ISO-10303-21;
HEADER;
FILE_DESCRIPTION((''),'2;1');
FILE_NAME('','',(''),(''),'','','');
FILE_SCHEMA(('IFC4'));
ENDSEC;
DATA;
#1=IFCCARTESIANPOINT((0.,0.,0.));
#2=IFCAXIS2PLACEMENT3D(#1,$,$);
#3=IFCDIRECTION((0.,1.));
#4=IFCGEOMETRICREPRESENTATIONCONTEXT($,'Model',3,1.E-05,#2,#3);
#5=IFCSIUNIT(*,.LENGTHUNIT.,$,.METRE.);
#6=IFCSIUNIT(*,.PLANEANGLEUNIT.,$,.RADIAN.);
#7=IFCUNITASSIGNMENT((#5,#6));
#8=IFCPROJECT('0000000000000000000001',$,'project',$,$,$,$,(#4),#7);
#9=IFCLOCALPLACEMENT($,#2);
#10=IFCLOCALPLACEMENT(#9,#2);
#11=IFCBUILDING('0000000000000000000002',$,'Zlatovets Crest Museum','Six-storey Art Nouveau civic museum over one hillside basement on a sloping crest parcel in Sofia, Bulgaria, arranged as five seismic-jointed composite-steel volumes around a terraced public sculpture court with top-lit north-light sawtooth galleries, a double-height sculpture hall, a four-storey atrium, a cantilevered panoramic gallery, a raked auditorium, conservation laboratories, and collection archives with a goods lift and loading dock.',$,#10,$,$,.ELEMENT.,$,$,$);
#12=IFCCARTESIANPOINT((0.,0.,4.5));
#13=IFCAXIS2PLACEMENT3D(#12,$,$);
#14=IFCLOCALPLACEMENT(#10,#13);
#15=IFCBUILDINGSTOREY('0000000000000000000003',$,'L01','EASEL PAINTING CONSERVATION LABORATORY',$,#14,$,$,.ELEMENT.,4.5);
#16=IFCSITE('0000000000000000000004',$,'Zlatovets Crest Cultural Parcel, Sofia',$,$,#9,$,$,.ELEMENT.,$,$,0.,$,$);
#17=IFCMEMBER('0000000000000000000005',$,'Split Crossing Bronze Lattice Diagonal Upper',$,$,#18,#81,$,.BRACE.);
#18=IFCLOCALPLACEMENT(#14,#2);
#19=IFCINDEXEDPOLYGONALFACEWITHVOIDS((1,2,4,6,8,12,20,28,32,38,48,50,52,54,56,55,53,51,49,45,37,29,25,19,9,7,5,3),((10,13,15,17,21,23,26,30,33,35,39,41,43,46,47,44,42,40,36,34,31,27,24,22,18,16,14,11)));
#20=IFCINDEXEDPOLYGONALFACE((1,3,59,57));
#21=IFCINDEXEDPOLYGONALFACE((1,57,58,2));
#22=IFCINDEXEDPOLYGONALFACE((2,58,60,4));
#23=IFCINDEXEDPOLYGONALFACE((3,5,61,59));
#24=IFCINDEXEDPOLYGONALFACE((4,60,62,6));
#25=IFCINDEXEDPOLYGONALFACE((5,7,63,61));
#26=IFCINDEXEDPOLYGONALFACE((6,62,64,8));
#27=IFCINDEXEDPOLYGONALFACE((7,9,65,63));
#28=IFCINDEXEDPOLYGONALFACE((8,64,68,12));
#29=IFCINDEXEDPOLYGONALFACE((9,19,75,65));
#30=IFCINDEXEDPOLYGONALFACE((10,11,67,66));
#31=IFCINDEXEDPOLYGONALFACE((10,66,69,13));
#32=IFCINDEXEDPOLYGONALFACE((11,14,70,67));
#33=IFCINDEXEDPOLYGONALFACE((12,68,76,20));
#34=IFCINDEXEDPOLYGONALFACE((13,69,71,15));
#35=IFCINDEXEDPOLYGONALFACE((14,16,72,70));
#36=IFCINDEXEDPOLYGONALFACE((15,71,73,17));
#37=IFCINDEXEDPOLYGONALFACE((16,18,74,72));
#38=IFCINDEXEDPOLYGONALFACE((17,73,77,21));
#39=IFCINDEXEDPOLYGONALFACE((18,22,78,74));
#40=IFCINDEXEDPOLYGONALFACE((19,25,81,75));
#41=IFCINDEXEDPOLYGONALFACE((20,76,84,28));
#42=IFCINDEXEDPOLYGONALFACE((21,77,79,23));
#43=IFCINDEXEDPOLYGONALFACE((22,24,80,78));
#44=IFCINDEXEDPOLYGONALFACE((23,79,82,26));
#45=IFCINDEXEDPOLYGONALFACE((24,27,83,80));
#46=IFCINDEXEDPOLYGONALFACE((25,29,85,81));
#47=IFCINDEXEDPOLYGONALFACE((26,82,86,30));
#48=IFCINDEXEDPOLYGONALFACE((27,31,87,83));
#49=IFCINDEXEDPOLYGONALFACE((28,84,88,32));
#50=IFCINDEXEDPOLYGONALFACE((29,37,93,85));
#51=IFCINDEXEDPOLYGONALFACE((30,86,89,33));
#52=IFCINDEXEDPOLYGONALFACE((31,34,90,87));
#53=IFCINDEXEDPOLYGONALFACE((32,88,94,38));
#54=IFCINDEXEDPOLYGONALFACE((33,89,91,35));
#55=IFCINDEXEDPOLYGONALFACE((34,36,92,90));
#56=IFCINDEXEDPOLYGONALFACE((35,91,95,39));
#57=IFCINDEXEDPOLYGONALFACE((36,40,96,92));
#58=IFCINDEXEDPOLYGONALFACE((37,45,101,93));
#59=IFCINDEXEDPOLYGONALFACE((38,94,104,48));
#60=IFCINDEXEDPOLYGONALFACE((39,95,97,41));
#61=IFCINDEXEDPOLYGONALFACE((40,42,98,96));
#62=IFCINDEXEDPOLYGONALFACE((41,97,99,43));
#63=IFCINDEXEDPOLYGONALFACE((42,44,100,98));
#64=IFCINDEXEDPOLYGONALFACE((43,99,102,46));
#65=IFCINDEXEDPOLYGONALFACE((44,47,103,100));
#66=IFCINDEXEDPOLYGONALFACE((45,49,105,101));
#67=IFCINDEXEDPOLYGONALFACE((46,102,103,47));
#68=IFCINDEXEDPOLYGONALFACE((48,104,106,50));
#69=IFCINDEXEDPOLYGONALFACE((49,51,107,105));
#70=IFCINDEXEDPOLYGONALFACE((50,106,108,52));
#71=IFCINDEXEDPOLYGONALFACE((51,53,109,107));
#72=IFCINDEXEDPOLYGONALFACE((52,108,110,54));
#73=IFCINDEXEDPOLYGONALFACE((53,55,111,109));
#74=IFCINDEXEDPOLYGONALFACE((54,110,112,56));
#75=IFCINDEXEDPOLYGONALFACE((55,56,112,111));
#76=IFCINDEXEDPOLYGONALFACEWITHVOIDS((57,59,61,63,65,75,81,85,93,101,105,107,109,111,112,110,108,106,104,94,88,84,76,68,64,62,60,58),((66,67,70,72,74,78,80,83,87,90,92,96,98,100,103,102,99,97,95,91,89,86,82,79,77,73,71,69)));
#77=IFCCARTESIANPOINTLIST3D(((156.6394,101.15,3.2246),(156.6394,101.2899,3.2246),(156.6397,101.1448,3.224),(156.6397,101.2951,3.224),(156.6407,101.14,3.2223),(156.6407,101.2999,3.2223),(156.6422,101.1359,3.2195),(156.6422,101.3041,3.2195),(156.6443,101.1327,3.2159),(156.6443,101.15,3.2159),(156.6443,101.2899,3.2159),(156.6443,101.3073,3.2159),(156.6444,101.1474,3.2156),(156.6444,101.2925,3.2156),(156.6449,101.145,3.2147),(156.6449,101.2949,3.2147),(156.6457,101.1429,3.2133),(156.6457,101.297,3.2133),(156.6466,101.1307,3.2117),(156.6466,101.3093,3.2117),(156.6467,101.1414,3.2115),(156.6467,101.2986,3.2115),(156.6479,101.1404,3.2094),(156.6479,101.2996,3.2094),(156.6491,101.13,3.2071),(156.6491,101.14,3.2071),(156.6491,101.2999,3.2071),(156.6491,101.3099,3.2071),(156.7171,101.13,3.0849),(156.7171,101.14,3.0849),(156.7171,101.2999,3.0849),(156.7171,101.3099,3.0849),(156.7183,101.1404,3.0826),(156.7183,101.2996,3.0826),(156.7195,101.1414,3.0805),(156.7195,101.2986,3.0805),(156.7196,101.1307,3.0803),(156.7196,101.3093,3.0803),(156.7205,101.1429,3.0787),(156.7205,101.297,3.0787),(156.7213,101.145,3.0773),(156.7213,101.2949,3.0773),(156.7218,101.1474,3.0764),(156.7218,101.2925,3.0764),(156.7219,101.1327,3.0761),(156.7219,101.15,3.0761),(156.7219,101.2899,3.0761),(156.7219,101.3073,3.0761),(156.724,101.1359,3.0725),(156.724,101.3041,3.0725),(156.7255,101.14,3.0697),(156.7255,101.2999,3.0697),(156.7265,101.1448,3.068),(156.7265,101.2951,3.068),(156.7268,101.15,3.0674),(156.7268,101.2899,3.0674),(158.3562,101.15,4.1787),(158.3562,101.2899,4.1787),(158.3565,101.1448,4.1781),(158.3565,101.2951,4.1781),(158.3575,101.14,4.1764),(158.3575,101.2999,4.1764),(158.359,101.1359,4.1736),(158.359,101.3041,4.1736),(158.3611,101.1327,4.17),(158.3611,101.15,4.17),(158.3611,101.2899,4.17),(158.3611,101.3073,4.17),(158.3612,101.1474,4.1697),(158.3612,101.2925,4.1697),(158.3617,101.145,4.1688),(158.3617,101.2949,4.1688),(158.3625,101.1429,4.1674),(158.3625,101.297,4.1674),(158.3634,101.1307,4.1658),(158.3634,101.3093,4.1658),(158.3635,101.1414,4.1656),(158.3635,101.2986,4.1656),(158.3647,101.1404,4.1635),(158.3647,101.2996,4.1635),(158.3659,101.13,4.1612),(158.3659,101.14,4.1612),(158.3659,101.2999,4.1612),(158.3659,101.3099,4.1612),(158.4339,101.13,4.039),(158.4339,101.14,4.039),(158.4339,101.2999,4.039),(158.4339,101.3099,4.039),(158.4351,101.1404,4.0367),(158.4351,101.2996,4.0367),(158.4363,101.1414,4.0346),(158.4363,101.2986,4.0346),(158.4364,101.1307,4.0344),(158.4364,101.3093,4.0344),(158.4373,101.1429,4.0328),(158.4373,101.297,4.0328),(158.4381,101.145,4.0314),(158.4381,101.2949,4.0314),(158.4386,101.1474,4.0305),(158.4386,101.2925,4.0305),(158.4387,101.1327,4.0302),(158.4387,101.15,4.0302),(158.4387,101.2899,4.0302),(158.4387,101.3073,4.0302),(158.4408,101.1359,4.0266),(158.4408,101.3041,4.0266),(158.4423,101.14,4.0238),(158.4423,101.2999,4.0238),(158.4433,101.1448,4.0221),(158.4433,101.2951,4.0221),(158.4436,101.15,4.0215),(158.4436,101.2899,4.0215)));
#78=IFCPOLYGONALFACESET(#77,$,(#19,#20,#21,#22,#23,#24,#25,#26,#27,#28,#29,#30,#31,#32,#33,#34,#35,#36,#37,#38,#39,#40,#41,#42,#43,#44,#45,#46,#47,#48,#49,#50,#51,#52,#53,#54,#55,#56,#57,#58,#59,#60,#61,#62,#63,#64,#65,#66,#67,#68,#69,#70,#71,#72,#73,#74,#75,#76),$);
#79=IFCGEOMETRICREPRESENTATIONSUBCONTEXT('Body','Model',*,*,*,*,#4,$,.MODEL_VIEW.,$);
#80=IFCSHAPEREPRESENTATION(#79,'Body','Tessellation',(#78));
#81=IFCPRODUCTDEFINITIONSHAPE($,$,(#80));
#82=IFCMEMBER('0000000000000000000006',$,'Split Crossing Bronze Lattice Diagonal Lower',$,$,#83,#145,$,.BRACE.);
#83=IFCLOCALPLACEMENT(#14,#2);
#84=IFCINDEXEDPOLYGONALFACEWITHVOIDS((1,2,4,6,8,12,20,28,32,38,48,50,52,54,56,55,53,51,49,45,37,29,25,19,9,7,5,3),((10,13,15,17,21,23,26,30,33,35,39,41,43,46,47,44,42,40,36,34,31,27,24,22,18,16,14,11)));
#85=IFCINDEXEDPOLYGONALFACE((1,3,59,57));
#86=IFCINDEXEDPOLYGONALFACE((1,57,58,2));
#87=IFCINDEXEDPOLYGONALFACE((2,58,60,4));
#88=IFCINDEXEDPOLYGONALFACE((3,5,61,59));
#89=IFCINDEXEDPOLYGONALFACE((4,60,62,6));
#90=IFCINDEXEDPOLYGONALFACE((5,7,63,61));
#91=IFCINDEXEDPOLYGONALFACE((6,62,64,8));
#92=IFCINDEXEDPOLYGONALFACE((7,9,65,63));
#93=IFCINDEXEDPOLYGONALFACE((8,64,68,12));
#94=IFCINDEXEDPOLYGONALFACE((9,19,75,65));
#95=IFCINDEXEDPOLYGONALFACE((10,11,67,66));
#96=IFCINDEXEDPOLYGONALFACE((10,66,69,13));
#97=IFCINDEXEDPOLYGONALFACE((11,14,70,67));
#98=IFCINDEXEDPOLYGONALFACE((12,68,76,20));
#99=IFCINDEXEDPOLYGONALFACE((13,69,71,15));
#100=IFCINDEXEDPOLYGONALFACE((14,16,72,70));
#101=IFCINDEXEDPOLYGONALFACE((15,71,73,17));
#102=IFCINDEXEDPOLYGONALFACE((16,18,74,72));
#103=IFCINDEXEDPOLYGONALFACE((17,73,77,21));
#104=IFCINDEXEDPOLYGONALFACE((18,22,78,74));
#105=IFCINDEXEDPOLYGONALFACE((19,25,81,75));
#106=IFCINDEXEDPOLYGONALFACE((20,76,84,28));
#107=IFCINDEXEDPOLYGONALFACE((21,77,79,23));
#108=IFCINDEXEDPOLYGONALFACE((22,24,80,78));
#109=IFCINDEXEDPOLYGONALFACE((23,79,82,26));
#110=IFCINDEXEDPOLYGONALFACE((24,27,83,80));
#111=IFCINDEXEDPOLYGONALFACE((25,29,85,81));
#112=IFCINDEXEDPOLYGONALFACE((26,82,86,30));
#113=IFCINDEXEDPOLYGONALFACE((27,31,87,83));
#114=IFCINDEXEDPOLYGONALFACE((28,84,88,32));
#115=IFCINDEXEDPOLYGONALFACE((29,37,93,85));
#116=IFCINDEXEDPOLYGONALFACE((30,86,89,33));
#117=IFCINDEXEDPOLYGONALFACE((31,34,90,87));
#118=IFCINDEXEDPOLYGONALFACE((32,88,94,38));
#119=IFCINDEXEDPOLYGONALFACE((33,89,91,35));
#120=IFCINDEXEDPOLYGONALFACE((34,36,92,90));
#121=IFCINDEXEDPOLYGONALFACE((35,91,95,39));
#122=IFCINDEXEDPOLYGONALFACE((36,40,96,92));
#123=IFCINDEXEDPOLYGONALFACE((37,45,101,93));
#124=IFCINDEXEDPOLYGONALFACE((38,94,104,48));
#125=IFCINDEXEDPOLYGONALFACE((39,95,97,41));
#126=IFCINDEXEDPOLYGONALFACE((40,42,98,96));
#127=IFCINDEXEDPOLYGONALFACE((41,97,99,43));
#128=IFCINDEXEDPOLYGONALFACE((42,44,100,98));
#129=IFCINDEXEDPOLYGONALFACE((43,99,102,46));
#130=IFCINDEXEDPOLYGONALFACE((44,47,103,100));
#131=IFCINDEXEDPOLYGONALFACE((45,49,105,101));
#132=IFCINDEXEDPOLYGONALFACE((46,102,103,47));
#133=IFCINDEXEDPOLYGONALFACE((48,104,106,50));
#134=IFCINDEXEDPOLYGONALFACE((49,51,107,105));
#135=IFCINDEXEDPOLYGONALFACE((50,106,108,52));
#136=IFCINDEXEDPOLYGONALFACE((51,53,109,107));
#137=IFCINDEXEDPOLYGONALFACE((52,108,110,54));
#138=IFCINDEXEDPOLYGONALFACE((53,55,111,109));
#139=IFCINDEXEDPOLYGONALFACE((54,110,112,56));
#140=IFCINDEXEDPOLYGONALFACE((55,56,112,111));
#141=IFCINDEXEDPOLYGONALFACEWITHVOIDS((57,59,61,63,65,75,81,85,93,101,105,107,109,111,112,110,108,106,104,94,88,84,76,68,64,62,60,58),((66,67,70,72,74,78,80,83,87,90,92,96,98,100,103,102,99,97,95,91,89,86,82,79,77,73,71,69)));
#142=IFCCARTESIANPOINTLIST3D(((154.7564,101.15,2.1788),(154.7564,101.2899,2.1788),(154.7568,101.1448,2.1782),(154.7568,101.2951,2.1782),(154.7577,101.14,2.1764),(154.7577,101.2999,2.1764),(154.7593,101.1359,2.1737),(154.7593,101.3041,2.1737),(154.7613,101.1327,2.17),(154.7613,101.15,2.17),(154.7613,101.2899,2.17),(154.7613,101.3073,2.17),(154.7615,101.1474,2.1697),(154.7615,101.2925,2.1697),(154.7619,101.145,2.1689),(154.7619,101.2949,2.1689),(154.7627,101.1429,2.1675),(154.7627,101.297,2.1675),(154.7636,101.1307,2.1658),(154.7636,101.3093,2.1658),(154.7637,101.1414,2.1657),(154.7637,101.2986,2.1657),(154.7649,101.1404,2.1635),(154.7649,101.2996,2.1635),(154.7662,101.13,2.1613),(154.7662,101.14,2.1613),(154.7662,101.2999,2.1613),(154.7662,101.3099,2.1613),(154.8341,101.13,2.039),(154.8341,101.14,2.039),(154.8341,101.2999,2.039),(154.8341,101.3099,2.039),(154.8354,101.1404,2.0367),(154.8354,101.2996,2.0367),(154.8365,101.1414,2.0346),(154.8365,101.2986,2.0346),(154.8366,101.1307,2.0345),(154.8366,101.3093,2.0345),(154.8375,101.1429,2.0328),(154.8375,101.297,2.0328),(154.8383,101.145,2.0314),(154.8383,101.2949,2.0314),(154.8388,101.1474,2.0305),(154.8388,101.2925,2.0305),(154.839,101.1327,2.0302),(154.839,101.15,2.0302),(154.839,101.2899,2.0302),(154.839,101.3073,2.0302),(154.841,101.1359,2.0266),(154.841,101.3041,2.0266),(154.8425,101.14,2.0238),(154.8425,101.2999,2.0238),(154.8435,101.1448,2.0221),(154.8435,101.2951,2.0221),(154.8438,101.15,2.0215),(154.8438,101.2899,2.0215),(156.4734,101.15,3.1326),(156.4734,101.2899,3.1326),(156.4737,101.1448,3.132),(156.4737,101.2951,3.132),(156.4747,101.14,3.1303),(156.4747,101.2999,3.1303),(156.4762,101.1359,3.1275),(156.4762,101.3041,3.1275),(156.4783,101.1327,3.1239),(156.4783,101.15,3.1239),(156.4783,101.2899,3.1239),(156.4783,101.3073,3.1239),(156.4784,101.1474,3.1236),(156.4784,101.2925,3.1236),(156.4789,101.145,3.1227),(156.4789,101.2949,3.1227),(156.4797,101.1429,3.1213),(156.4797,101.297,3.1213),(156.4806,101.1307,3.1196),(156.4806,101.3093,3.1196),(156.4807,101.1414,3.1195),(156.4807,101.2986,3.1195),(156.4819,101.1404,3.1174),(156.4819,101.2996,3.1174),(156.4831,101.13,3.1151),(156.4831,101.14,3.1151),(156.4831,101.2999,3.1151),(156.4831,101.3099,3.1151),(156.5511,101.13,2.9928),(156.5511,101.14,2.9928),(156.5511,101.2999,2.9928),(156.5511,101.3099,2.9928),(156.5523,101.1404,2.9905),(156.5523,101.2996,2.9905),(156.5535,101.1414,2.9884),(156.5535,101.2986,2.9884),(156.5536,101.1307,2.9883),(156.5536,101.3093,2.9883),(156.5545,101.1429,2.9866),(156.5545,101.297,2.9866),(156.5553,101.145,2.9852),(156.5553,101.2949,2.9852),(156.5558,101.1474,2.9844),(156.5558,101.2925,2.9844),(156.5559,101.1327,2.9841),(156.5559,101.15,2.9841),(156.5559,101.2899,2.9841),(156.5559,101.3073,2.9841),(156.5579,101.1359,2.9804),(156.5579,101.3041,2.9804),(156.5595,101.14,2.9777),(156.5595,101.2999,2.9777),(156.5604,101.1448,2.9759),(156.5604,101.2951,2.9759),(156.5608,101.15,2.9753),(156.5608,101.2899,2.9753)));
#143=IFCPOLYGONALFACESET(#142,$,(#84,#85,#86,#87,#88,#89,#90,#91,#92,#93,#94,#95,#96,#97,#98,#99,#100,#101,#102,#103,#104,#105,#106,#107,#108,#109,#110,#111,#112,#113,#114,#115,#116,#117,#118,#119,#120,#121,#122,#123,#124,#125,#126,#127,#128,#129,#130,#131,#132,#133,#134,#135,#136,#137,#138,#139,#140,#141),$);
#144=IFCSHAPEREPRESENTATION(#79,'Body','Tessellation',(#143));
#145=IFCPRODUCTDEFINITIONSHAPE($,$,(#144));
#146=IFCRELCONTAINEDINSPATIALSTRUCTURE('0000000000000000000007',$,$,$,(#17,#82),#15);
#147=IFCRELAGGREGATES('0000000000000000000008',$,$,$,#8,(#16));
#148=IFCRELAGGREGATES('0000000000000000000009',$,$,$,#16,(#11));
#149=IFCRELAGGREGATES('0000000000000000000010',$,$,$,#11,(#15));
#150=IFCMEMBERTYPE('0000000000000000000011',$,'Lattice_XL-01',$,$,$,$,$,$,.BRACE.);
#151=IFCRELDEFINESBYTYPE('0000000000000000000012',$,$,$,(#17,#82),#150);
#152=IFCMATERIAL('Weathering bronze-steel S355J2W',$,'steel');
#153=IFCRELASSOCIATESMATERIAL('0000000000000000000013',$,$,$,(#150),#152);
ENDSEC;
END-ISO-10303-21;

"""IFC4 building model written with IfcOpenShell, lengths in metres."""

from ifc_helpers import new_model, si_unit, direction, frame, origin, origin_2d, place, context, subcontext, project, spatial, hollow_rectangle, extrude, material, material_profile, profile_set, type_object, element, save


model = new_model("IFC4")

# Units and contexts
model_context = context("Model", 3, precision=1e-05, world=origin(), true_north=direction((0.0, 1.0)))
body_context = subcontext(model_context, "Body", "Model", "MODEL_VIEW")
ifc_project = project(units=[si_unit("LENGTHUNIT", "METRE"), si_unit("PLANEANGLEUNIT", "RADIAN")], contexts=[model_context])

# Site, building, storey
site_placement = place(None, origin())
site = spatial("IfcSite", under=ifc_project, at=site_placement, Name="Zlatovets Crest Cultural Parcel, Sofia", CompositionType="ELEMENT", RefElevation=0.0)
building_placement = place(site_placement, origin())
building = spatial("IfcBuilding", under=site, at=building_placement, Name="Zlatovets Crest Museum", Description="Six-storey Art Nouveau civic museum over one hillside basement on a sloping crest parcel in Sofia, Bulgaria, arranged as five seismic-jointed composite-steel volumes around a terraced public sculpture court with top-lit north-light sawtooth galleries, a double-height sculpture hall, a four-storey atrium, a cantilevered panoramic gallery, a raked auditorium, conservation laboratories, and collection archives with a goods lift and loading dock.", CompositionType="ELEMENT")
storey_placement = place(building_placement, frame((0.0, 0.0, 4.5)))
storey = spatial("IfcBuildingStorey", under=building, at=storey_placement, Name="L01", Description="EASEL PAINTING CONSERVATION LABORATORY", CompositionType="ELEMENT", Elevation=4.5)

# Members
ifc_material_1 = material(Name="Weathering bronze-steel S355J2W", Category="steel")
ifc_material_profile_1 = material_profile(ifc_material_1, hollow_rectangle(XDim=0.1799, YDim=0.1799, WallThickness=0.01, InnerFilletRadius=0.01, OuterFilletRadius=0.02, at=origin_2d()), Name="SHS 180x180x10.0")
ifc_profile_set_1 = profile_set([ifc_material_profile_1], Name="Weathering bronze-steel S355J2W")
member_type_1 = type_object("IfcMemberType", Name="Lattice_XL-01", PredefinedType="BRACE", material=ifc_profile_set_1)
for number, where, z_axis, x_axis, name in (
    (1, (158.3999, 101.22, 4.1001), (-0.874087, 0.0, -0.48577), (0.0, -1.0, 0.0), "Split Crossing Bronze Lattice Diagonal Upper"),
    (2, (156.5171, 101.22, 3.054), (-0.874169, 0.0, -0.485622), (0.0, -1.0, 0.0), "Split Crossing Bronze Lattice Diagonal Lower"),
):
    element("IfcMember", number, at=place(storey_placement, frame(where, z_axis=z_axis, x_axis=x_axis)), inside=storey, type_object=member_type_1, Name=name, PredefinedType="BRACE", context=body_context, shape_type="SweptSolid", body=[
        extrude(hollow_rectangle(XDim=0.1799, YDim=0.1799, WallThickness=0.01, InnerFilletRadius=0.01, OuterFilletRadius=0.02, at=origin_2d()), origin(), (0.0, 0.0, 1.0), 1.9641),
    ])

save(model, "model.ifc")
